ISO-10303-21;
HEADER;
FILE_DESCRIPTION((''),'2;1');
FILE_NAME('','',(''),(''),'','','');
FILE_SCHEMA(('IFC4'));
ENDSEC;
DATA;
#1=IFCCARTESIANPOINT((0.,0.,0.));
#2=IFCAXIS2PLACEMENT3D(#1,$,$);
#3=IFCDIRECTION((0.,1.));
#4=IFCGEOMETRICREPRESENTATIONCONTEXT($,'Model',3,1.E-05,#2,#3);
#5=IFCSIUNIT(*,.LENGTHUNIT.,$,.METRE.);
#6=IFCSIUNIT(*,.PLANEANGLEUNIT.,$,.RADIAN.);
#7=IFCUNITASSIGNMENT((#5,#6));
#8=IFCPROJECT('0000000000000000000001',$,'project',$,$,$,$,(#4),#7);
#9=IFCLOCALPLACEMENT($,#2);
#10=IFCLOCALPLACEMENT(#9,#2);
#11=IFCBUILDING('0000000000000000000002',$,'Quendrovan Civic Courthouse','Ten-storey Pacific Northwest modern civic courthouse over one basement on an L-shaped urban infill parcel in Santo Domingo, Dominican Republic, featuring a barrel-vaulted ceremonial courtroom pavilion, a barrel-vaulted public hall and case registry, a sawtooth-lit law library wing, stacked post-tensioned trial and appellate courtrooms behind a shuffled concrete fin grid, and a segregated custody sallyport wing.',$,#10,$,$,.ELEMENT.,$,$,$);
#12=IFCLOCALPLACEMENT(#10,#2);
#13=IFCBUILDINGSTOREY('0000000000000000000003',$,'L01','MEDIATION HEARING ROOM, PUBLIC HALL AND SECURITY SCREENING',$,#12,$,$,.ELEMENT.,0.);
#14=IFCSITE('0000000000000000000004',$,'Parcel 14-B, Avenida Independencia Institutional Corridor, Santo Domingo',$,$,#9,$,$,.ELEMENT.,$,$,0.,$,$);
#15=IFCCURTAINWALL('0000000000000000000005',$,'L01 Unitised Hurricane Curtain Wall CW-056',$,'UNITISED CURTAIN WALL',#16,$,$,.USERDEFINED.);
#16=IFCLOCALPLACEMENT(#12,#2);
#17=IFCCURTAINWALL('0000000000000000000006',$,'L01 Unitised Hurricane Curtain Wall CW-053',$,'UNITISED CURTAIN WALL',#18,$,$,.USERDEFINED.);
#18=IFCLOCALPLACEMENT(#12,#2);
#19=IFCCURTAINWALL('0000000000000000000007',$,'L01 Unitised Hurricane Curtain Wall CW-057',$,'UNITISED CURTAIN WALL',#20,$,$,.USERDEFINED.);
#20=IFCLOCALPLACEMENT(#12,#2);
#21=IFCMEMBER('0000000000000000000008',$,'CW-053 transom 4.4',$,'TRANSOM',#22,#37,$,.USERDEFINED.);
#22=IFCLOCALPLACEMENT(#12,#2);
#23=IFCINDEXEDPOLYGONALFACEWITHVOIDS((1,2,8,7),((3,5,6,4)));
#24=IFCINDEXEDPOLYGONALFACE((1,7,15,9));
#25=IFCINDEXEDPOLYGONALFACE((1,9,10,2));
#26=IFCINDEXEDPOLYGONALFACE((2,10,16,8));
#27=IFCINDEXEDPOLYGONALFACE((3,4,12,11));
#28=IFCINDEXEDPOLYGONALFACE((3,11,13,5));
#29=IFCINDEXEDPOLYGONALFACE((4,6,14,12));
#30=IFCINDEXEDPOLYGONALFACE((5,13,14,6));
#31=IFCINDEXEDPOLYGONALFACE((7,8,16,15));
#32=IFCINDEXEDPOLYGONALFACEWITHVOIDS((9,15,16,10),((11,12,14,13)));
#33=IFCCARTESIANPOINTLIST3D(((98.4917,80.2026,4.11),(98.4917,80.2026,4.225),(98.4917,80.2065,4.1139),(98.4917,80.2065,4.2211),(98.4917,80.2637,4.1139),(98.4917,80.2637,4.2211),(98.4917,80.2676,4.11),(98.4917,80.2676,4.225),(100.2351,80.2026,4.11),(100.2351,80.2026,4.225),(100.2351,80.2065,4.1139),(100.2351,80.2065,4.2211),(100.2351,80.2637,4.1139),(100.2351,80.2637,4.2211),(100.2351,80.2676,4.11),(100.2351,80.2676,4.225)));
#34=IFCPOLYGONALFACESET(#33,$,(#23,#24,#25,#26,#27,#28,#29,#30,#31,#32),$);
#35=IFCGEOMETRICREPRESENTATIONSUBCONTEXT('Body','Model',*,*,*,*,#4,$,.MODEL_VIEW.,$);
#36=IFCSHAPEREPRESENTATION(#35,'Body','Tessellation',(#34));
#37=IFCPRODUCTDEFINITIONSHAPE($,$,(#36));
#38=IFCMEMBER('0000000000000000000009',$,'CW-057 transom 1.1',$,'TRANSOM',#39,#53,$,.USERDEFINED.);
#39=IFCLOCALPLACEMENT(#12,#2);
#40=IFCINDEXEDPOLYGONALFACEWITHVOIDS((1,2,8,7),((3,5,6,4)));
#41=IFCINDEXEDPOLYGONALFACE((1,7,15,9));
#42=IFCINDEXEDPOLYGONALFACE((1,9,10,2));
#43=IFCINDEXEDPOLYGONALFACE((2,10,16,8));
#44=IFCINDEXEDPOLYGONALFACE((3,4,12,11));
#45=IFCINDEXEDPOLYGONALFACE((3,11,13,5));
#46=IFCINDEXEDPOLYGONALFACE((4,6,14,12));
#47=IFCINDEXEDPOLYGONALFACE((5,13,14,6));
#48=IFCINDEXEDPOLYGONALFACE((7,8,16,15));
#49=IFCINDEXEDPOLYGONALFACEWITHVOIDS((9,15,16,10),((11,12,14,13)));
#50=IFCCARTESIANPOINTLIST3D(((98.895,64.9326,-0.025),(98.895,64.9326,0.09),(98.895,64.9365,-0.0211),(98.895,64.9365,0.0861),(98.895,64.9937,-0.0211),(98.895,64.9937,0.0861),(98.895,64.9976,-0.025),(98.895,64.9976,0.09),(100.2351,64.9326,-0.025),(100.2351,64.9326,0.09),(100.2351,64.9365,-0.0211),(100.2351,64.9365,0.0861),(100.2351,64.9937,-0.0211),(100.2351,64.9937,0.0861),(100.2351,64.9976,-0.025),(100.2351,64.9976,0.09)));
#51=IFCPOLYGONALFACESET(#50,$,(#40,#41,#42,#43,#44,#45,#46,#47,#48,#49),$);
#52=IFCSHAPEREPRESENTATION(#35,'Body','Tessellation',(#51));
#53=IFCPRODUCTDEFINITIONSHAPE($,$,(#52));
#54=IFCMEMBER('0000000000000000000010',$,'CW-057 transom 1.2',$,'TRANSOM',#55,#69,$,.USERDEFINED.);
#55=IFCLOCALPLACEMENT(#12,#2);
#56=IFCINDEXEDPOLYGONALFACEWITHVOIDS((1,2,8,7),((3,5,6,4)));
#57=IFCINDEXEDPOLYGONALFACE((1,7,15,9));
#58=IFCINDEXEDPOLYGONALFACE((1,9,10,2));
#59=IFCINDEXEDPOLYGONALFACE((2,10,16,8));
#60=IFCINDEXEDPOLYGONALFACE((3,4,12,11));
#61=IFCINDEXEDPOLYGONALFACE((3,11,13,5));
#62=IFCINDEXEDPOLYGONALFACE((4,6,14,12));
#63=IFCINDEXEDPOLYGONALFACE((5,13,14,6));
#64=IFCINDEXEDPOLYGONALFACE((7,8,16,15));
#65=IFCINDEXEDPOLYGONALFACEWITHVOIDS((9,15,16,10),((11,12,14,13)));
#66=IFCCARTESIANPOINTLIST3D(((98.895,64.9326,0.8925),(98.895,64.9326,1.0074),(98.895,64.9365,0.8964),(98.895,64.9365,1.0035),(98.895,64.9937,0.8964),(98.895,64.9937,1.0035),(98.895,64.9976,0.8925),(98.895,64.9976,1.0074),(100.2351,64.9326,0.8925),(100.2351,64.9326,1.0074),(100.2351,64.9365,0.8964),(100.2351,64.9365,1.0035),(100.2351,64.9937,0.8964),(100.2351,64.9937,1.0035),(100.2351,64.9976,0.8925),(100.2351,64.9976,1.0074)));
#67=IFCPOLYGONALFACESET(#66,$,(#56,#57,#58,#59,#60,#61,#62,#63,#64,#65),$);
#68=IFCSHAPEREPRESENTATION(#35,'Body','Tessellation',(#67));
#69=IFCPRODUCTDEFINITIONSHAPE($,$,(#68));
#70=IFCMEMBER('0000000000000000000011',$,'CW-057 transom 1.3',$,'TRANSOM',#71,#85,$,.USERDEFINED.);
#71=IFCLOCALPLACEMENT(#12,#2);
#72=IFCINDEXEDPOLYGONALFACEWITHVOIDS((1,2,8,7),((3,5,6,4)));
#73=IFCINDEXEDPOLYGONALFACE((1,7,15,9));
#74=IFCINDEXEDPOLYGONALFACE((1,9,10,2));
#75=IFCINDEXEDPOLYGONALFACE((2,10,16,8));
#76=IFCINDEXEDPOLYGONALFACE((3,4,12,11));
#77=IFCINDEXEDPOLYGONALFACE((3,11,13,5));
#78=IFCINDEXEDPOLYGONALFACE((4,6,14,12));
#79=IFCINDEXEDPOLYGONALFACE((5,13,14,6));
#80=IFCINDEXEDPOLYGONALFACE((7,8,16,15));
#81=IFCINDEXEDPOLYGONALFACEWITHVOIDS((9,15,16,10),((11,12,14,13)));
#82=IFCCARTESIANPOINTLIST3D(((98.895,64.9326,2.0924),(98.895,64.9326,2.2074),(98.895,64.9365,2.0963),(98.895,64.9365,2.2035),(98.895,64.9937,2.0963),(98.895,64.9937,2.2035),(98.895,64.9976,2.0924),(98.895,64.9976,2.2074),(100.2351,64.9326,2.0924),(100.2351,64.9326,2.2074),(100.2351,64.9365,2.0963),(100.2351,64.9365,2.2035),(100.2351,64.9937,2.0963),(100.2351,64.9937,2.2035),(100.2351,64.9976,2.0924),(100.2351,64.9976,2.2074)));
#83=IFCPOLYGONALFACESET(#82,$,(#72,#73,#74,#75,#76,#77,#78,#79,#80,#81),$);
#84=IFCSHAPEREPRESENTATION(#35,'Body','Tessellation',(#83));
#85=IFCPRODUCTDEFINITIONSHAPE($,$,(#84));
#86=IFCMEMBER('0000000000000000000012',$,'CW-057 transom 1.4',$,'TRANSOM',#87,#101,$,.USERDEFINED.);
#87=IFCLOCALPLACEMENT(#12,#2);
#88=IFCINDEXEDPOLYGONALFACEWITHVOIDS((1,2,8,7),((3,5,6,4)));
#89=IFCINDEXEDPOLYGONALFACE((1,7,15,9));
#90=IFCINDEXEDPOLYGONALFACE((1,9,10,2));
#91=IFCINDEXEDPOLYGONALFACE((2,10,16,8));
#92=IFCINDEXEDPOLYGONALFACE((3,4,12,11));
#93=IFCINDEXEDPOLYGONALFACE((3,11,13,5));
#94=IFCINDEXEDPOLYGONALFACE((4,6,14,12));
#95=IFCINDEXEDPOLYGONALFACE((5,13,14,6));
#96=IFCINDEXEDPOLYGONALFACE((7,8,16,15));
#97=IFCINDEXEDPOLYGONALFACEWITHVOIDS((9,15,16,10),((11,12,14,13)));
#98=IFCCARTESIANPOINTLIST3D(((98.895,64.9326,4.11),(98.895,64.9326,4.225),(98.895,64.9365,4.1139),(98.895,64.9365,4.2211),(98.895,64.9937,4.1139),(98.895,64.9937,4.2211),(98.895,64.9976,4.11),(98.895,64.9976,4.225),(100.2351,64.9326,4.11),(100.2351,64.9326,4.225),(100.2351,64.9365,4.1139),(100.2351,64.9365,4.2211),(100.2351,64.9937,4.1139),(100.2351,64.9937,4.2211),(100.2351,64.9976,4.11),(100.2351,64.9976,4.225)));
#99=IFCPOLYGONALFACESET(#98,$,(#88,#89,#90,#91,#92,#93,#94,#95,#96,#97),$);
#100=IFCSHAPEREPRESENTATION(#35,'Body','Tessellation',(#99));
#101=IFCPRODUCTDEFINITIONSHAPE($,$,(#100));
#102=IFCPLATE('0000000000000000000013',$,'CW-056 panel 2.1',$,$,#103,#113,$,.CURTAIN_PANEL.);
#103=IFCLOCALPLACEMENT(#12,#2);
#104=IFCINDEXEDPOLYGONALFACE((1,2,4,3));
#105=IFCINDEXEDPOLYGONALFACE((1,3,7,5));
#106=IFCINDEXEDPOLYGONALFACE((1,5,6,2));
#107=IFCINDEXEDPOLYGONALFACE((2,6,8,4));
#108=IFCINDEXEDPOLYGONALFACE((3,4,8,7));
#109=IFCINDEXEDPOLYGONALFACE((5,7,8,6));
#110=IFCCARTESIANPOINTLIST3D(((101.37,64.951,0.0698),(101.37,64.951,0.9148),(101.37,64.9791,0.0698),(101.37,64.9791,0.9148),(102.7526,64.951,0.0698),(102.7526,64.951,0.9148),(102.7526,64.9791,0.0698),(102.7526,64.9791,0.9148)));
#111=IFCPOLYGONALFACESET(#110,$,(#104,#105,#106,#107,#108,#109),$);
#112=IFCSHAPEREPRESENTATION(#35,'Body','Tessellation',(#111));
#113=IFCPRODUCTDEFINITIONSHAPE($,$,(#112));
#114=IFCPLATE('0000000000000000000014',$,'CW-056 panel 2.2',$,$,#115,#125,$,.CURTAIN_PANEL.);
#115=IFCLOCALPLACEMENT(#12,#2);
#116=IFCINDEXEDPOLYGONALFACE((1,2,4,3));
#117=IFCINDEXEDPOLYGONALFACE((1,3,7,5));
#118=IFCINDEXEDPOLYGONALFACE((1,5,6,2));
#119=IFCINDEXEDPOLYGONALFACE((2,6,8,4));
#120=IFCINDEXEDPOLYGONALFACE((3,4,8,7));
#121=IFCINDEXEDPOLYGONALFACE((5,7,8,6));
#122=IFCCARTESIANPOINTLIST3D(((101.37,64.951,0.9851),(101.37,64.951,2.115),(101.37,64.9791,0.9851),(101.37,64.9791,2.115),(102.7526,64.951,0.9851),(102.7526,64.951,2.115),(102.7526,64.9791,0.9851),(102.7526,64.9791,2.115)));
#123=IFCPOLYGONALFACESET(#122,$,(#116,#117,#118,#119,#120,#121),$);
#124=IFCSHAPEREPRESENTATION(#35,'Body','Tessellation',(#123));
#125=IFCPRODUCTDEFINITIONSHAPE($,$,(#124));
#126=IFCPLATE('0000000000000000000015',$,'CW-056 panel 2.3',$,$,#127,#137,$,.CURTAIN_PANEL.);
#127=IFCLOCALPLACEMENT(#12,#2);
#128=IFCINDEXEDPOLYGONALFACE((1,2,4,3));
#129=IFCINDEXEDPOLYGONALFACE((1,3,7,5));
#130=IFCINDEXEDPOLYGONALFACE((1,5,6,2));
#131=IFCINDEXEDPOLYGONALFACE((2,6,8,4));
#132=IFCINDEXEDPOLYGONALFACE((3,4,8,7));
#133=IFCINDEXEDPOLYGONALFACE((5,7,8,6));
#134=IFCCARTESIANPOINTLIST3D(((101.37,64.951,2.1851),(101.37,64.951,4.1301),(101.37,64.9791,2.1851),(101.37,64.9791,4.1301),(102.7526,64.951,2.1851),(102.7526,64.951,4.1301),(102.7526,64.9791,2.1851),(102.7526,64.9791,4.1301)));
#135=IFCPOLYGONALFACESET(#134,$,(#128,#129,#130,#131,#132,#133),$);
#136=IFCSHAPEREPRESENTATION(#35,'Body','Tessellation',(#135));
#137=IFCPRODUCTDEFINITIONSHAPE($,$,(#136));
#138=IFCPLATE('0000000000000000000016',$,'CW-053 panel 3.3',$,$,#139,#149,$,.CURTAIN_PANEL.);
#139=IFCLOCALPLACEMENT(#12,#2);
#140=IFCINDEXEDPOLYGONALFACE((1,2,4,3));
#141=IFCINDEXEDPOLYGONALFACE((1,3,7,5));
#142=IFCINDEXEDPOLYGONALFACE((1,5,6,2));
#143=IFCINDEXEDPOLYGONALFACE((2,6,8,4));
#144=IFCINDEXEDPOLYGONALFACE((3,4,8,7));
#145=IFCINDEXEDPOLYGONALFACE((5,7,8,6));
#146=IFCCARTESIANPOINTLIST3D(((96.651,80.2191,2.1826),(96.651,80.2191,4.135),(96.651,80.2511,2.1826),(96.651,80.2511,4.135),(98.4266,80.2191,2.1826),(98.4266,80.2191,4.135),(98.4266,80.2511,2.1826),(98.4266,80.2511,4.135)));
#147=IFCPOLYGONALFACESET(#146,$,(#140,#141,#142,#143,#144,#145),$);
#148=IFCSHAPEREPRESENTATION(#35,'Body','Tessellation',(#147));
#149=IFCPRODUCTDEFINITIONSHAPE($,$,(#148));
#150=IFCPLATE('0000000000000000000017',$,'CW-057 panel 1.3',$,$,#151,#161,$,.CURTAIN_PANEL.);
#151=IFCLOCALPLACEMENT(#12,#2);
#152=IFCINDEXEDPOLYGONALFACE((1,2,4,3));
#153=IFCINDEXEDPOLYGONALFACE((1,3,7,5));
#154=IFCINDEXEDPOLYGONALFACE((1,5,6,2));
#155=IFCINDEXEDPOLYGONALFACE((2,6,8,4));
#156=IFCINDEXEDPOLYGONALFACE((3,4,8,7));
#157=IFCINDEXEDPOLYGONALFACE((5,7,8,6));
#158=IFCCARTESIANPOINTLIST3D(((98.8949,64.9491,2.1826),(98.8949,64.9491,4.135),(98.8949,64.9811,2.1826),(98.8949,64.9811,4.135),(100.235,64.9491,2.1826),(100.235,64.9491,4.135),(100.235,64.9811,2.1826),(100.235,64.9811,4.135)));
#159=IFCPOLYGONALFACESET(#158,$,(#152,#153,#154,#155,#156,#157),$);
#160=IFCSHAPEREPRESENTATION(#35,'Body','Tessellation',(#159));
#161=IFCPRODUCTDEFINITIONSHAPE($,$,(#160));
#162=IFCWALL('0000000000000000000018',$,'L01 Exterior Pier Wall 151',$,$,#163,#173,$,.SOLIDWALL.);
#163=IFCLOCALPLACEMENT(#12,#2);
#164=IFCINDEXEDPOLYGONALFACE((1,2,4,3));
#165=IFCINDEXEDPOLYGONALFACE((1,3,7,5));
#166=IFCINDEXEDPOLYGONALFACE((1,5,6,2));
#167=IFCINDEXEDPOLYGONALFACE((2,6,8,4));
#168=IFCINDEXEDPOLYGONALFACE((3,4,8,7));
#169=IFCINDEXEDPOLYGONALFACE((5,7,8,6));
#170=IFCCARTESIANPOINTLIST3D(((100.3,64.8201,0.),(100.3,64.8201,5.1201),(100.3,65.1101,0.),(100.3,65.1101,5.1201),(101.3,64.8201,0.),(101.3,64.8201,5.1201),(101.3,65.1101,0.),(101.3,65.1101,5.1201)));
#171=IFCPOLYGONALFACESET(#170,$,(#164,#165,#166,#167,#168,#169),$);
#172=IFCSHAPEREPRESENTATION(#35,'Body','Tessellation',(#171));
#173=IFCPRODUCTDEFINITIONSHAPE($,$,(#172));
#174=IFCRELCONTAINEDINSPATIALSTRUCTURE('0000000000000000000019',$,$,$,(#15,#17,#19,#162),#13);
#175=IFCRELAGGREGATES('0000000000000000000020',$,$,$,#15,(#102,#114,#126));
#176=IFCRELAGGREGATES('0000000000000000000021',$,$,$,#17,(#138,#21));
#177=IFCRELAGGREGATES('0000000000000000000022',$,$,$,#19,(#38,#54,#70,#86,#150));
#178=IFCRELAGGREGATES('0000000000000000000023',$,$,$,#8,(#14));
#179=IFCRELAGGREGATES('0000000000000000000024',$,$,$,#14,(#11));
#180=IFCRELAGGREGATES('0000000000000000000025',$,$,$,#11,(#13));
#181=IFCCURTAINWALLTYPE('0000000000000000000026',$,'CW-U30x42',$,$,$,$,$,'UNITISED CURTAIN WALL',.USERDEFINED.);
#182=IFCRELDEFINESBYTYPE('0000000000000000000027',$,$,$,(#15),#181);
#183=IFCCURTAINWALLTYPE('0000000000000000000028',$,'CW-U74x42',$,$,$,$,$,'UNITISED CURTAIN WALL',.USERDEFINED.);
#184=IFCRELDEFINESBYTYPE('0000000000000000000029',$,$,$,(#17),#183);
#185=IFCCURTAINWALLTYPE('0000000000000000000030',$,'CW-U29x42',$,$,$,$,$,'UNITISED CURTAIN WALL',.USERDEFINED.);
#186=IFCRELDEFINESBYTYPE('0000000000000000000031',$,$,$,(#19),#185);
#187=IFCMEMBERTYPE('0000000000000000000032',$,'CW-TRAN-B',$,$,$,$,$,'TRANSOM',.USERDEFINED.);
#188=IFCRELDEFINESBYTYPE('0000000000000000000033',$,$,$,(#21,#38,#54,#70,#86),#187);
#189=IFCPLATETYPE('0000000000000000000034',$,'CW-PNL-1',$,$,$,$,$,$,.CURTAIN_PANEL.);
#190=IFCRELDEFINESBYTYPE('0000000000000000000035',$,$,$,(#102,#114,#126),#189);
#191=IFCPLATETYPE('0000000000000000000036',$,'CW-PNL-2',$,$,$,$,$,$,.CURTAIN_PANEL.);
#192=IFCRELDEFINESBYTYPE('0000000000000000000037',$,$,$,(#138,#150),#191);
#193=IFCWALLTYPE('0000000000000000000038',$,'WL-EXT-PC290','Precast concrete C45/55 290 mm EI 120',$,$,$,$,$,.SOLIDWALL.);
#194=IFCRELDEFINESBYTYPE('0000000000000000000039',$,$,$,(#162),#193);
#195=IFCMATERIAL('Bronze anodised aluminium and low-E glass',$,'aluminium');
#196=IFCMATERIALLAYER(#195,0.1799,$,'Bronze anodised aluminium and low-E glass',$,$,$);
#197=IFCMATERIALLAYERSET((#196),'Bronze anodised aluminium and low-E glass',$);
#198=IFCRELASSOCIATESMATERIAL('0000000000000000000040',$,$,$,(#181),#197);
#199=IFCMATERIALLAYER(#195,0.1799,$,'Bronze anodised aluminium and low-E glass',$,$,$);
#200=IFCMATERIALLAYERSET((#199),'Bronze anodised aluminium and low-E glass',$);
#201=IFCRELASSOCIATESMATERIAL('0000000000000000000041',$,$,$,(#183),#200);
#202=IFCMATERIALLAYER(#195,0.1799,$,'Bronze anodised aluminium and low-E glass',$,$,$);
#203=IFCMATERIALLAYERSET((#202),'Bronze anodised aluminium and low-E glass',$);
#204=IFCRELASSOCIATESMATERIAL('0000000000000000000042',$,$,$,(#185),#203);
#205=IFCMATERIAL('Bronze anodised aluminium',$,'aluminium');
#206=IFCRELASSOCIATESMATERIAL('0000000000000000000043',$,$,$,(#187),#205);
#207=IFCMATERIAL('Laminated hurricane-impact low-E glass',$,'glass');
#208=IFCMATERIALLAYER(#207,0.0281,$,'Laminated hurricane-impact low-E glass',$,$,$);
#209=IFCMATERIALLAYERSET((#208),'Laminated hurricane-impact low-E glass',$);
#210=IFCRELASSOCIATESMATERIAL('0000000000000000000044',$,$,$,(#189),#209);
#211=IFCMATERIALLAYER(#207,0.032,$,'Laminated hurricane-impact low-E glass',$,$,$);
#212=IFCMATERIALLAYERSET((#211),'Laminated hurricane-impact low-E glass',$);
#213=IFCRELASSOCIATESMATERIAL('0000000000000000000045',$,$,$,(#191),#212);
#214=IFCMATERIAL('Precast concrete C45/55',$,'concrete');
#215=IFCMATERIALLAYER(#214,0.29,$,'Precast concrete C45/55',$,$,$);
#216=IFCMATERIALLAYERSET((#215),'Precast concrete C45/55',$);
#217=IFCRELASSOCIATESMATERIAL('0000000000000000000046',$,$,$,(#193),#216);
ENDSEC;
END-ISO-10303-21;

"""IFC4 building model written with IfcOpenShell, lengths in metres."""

from ifc_helpers import new_model, si_unit, direction, frame, frame_2d, origin, origin_2d, place, context, subcontext, project, spatial, rectangle, hollow_rectangle, extrude, material, layer, layer_set, material_profile, profile_set, type_object, element, aggregate, save


model = new_model("IFC4")

# Units and contexts
model_context = context("Model", 3, precision=1e-05, world=origin(), true_north=direction((0.0, 1.0)))
body_context = subcontext(model_context, "Body", "Model", "MODEL_VIEW")
ifc_project = project(units=[si_unit("LENGTHUNIT", "METRE"), si_unit("PLANEANGLEUNIT", "RADIAN")], contexts=[model_context])

# Site, building, storey
site_placement = place(None, origin())
site = spatial("IfcSite", under=ifc_project, at=site_placement, Name="Parcel 14-B, Avenida Independencia Institutional Corridor, Santo Domingo", CompositionType="ELEMENT", RefElevation=0.0)
building_placement = place(site_placement, origin())
building = spatial("IfcBuilding", under=site, at=building_placement, Name="Quendrovan Civic Courthouse", Description="Ten-storey Pacific Northwest modern civic courthouse over one basement on an L-shaped urban infill parcel in Santo Domingo, Dominican Republic, featuring a barrel-vaulted ceremonial courtroom pavilion, a barrel-vaulted public hall and case registry, a sawtooth-lit law library wing, stacked post-tensioned trial and appellate courtrooms behind a shuffled concrete fin grid, and a segregated custody sallyport wing.", CompositionType="ELEMENT")
storey_placement = place(building_placement, origin())
storey = spatial("IfcBuildingStorey", under=building, at=storey_placement, Name="L01", Description="MEDIATION HEARING ROOM, PUBLIC HALL AND SECURITY SCREENING", CompositionType="ELEMENT", Elevation=0.0)

# Curtain walls
ifc_material_1 = material(Name="Bronze anodised aluminium and low-E glass", Category="aluminium")
ifc_layer_1 = layer(ifc_material_1, 0.1799, Name="Bronze anodised aluminium and low-E glass")
ifc_layer_set_1 = layer_set([ifc_layer_1], Name="Bronze anodised aluminium and low-E glass")
curtain_wall_type_1 = type_object("IfcCurtainWallType", Name="CW-U30x42", ElementType="UNITISED CURTAIN WALL", PredefinedType="USERDEFINED", material=ifc_layer_set_1)
curtain_wall_1_placement = place(storey_placement, origin())
curtain_wall_1 = element("IfcCurtainWall", 1, at=curtain_wall_1_placement, inside=storey, type_object=curtain_wall_type_1, Name="L01 Unitised Hurricane Curtain Wall CW-056", ObjectType="UNITISED CURTAIN WALL", PredefinedType="USERDEFINED")
ifc_material_2 = material(Name="Bronze anodised aluminium", Category="aluminium")
ifc_layer_2 = layer(ifc_material_1, 0.1799, Name="Bronze anodised aluminium and low-E glass")
ifc_layer_set_2 = layer_set([ifc_layer_2], Name="Bronze anodised aluminium and low-E glass")
curtain_wall_type_2 = type_object("IfcCurtainWallType", Name="CW-U74x42", ElementType="UNITISED CURTAIN WALL", PredefinedType="USERDEFINED", material=ifc_layer_set_2)
curtain_wall_2_placement = place(storey_placement, origin())
curtain_wall_2 = element("IfcCurtainWall", 2, at=curtain_wall_2_placement, inside=storey, type_object=curtain_wall_type_2, Name="L01 Unitised Hurricane Curtain Wall CW-053", ObjectType="UNITISED CURTAIN WALL", PredefinedType="USERDEFINED")
ifc_layer_3 = layer(ifc_material_1, 0.1799, Name="Bronze anodised aluminium and low-E glass")
ifc_layer_set_3 = layer_set([ifc_layer_3], Name="Bronze anodised aluminium and low-E glass")
curtain_wall_type_3 = type_object("IfcCurtainWallType", Name="CW-U29x42", ElementType="UNITISED CURTAIN WALL", PredefinedType="USERDEFINED", material=ifc_layer_set_3)
curtain_wall_3_placement = place(storey_placement, origin())
curtain_wall_3 = element("IfcCurtainWall", 3, at=curtain_wall_3_placement, inside=storey, type_object=curtain_wall_type_3, Name="L01 Unitised Hurricane Curtain Wall CW-057", ObjectType="UNITISED CURTAIN WALL", PredefinedType="USERDEFINED")

# Members
ifc_material_profile_1 = material_profile(ifc_material_2, hollow_rectangle(XDim=0.0649, YDim=0.115, WallThickness=0.0039, at=origin_2d()), Name="CW-TRAN-65x115")
ifc_profile_set_1 = profile_set([ifc_material_profile_1], Name="Bronze anodised aluminium")
member_type_1 = type_object("IfcMemberType", Name="CW-TRAN-B", ElementType="TRANSOM", PredefinedType="USERDEFINED", material=ifc_profile_set_1)
member_1_placement = place(storey_placement, frame((98.4917, 80.2351, 4.1675), z_axis=(1.0, 0.0, 0.0), x_axis=(0.0, 1.0, 0.0)))
member_1 = element("IfcMember", 4, at=member_1_placement, type_object=member_type_1, Name="CW-053 transom 4.4", ObjectType="TRANSOM", PredefinedType="USERDEFINED", context=body_context, shape_type="SweptSolid", body=[
    extrude(hollow_rectangle(XDim=0.0649, YDim=0.115, WallThickness=0.0039, at=origin_2d()), origin(), (0.0, 0.0, 1.0), 1.7434),
])
member_2_placement = place(storey_placement, frame((100.2351, 64.9651, 0.0325), z_axis=(-1.0, 0.0, 0.0), x_axis=(0.0, -1.0, 0.0)))
member_2 = element("IfcMember", 5, at=member_2_placement, type_object=member_type_1, Name="CW-057 transom 1.1", ObjectType="TRANSOM", PredefinedType="USERDEFINED", context=body_context, shape_type="SweptSolid", body=[
    extrude(hollow_rectangle(XDim=0.0649, YDim=0.115, WallThickness=0.0039, at=origin_2d()), origin(), (0.0, 0.0, 1.0), 1.3401),
])
member_3_placement = place(storey_placement, frame((100.2351, 64.9651, 0.95), z_axis=(-1.0, 0.0, 0.0), x_axis=(0.0, -1.0, 0.0)))
member_3 = element("IfcMember", 6, at=member_3_placement, type_object=member_type_1, Name="CW-057 transom 1.2", ObjectType="TRANSOM", PredefinedType="USERDEFINED", context=body_context, shape_type="SweptSolid", body=[
    extrude(hollow_rectangle(XDim=0.0649, YDim=0.115, WallThickness=0.0039, at=origin_2d()), origin(), (0.0, 0.0, 1.0), 1.3401),
])
member_4_placement = place(storey_placement, frame((100.2351, 64.9651, 2.1499), z_axis=(-1.0, 0.0, 0.0), x_axis=(0.0, -1.0, 0.0)))
member_4 = element("IfcMember", 7, at=member_4_placement, type_object=member_type_1, Name="CW-057 transom 1.3", ObjectType="TRANSOM", PredefinedType="USERDEFINED", context=body_context, shape_type="SweptSolid", body=[
    extrude(hollow_rectangle(XDim=0.0649, YDim=0.115, WallThickness=0.0039, at=origin_2d()), origin(), (0.0, 0.0, 1.0), 1.3401),
])
member_5_placement = place(storey_placement, frame((100.2351, 64.9651, 4.1675), z_axis=(-1.0, 0.0, 0.0), x_axis=(0.0, -1.0, 0.0)))
member_5 = element("IfcMember", 8, at=member_5_placement, type_object=member_type_1, Name="CW-057 transom 1.4", ObjectType="TRANSOM", PredefinedType="USERDEFINED", context=body_context, shape_type="SweptSolid", body=[
    extrude(hollow_rectangle(XDim=0.0649, YDim=0.115, WallThickness=0.0039, at=origin_2d()), origin(), (0.0, 0.0, 1.0), 1.3401),
])

# Plates
ifc_material_3 = material(Name="Laminated hurricane-impact low-E glass", Category="glass")
ifc_layer_4 = layer(ifc_material_3, 0.0281, Name="Laminated hurricane-impact low-E glass")
ifc_layer_set_4 = layer_set([ifc_layer_4], Name="Laminated hurricane-impact low-E glass")
plate_type_1 = type_object("IfcPlateType", Name="CW-PNL-1", PredefinedType="CURTAIN_PANEL", material=ifc_layer_set_4)
plate_1_placement = place(storey_placement, frame((102.0613, 64.9651, 0.0698), z_axis=(0.0, 0.0, 1.0), x_axis=(-1.0, 0.0, 0.0)))
plate_1 = element("IfcPlate", 9, at=plate_1_placement, type_object=plate_type_1, Name="CW-056 panel 2.1", PredefinedType="CURTAIN_PANEL", context=body_context, shape_type="SweptSolid", body=[
    extrude(rectangle(XDim=1.3826, YDim=0.0281, at=origin_2d()), origin(), (0.0, 0.0, 1.0), 0.845),
])
plate_2_placement = place(storey_placement, frame((102.0613, 64.9651, 0.9851), z_axis=(0.0, 0.0, 1.0), x_axis=(-1.0, 0.0, 0.0)))
plate_2 = element("IfcPlate", 10, at=plate_2_placement, type_object=plate_type_1, Name="CW-056 panel 2.2", PredefinedType="CURTAIN_PANEL", context=body_context, shape_type="SweptSolid", body=[
    extrude(rectangle(XDim=1.3826, YDim=0.0281, at=origin_2d()), origin(), (0.0, 0.0, 1.0), 1.1299),
])
plate_3_placement = place(storey_placement, frame((102.0613, 64.9651, 2.1851), z_axis=(0.0, 0.0, 1.0), x_axis=(-1.0, 0.0, 0.0)))
plate_3 = element("IfcPlate", 11, at=plate_3_placement, type_object=plate_type_1, Name="CW-056 panel 2.3", PredefinedType="CURTAIN_PANEL", context=body_context, shape_type="SweptSolid", body=[
    extrude(rectangle(XDim=1.3826, YDim=0.0281, at=origin_2d()), origin(), (0.0, 0.0, 1.0), 1.9451),
])
aggregate(curtain_wall_1, [plate_1, plate_2, plate_3])
ifc_layer_5 = layer(ifc_material_3, 0.032, Name="Laminated hurricane-impact low-E glass")
ifc_layer_set_5 = layer_set([ifc_layer_5], Name="Laminated hurricane-impact low-E glass")
plate_type_2 = type_object("IfcPlateType", Name="CW-PNL-2", PredefinedType="CURTAIN_PANEL", material=ifc_layer_set_5)
plate_4_placement = place(storey_placement, frame((97.5388, 80.2351, 2.1826), z_axis=(0.0, 0.0, 1.0), x_axis=(1.0, 0.0, 0.0)))
plate_4 = element("IfcPlate", 12, at=plate_4_placement, type_object=plate_type_2, Name="CW-053 panel 3.3", PredefinedType="CURTAIN_PANEL", context=body_context, shape_type="SweptSolid", body=[
    extrude(rectangle(XDim=1.7756, YDim=0.032, at=origin_2d()), origin(), (0.0, 0.0, 1.0), 1.9524),
])
aggregate(curtain_wall_2, [plate_4, member_1])
plate_5_placement = place(storey_placement, frame((99.5649, 64.9651, 2.1826), z_axis=(0.0, 0.0, 1.0), x_axis=(-1.0, 0.0, 0.0)))
plate_5 = element("IfcPlate", 13, at=plate_5_placement, type_object=plate_type_2, Name="CW-057 panel 1.3", PredefinedType="CURTAIN_PANEL", context=body_context, shape_type="SweptSolid", body=[
    extrude(rectangle(XDim=1.3401, YDim=0.032, at=origin_2d()), origin(), (0.0, 0.0, 1.0), 1.9524),
])
aggregate(curtain_wall_3, [member_2, member_3, member_4, member_5, plate_5])

# Wall
ifc_material_4 = material(Name="Precast concrete C45/55", Category="concrete")
ifc_layer_6 = layer(ifc_material_4, 0.29, Name="Precast concrete C45/55")
ifc_layer_set_6 = layer_set([ifc_layer_6], Name="Precast concrete C45/55")
wall_type = type_object("IfcWallType", Name="WL-EXT-PC290", Description="Precast concrete C45/55 290 mm EI 120", PredefinedType="SOLIDWALL", material=ifc_layer_set_6)
wall_placement = place(storey_placement, frame((101.3, 64.9651, 0.0), z_axis=(0.0, 0.0, 1.0), x_axis=(-1.0, 0.0, 0.0)))
element("IfcWall", 14, at=wall_placement, inside=storey, type_object=wall_type, Name="L01 Exterior Pier Wall 151", PredefinedType="SOLIDWALL", context=body_context, shape_type="SweptSolid", body=[
    extrude(rectangle(XDim=1.0, YDim=0.29, at=frame_2d((0.5, 0.0))), origin(), (0.0, 0.0, 1.0), 5.1201),
])

save(model, "model.ifc")
